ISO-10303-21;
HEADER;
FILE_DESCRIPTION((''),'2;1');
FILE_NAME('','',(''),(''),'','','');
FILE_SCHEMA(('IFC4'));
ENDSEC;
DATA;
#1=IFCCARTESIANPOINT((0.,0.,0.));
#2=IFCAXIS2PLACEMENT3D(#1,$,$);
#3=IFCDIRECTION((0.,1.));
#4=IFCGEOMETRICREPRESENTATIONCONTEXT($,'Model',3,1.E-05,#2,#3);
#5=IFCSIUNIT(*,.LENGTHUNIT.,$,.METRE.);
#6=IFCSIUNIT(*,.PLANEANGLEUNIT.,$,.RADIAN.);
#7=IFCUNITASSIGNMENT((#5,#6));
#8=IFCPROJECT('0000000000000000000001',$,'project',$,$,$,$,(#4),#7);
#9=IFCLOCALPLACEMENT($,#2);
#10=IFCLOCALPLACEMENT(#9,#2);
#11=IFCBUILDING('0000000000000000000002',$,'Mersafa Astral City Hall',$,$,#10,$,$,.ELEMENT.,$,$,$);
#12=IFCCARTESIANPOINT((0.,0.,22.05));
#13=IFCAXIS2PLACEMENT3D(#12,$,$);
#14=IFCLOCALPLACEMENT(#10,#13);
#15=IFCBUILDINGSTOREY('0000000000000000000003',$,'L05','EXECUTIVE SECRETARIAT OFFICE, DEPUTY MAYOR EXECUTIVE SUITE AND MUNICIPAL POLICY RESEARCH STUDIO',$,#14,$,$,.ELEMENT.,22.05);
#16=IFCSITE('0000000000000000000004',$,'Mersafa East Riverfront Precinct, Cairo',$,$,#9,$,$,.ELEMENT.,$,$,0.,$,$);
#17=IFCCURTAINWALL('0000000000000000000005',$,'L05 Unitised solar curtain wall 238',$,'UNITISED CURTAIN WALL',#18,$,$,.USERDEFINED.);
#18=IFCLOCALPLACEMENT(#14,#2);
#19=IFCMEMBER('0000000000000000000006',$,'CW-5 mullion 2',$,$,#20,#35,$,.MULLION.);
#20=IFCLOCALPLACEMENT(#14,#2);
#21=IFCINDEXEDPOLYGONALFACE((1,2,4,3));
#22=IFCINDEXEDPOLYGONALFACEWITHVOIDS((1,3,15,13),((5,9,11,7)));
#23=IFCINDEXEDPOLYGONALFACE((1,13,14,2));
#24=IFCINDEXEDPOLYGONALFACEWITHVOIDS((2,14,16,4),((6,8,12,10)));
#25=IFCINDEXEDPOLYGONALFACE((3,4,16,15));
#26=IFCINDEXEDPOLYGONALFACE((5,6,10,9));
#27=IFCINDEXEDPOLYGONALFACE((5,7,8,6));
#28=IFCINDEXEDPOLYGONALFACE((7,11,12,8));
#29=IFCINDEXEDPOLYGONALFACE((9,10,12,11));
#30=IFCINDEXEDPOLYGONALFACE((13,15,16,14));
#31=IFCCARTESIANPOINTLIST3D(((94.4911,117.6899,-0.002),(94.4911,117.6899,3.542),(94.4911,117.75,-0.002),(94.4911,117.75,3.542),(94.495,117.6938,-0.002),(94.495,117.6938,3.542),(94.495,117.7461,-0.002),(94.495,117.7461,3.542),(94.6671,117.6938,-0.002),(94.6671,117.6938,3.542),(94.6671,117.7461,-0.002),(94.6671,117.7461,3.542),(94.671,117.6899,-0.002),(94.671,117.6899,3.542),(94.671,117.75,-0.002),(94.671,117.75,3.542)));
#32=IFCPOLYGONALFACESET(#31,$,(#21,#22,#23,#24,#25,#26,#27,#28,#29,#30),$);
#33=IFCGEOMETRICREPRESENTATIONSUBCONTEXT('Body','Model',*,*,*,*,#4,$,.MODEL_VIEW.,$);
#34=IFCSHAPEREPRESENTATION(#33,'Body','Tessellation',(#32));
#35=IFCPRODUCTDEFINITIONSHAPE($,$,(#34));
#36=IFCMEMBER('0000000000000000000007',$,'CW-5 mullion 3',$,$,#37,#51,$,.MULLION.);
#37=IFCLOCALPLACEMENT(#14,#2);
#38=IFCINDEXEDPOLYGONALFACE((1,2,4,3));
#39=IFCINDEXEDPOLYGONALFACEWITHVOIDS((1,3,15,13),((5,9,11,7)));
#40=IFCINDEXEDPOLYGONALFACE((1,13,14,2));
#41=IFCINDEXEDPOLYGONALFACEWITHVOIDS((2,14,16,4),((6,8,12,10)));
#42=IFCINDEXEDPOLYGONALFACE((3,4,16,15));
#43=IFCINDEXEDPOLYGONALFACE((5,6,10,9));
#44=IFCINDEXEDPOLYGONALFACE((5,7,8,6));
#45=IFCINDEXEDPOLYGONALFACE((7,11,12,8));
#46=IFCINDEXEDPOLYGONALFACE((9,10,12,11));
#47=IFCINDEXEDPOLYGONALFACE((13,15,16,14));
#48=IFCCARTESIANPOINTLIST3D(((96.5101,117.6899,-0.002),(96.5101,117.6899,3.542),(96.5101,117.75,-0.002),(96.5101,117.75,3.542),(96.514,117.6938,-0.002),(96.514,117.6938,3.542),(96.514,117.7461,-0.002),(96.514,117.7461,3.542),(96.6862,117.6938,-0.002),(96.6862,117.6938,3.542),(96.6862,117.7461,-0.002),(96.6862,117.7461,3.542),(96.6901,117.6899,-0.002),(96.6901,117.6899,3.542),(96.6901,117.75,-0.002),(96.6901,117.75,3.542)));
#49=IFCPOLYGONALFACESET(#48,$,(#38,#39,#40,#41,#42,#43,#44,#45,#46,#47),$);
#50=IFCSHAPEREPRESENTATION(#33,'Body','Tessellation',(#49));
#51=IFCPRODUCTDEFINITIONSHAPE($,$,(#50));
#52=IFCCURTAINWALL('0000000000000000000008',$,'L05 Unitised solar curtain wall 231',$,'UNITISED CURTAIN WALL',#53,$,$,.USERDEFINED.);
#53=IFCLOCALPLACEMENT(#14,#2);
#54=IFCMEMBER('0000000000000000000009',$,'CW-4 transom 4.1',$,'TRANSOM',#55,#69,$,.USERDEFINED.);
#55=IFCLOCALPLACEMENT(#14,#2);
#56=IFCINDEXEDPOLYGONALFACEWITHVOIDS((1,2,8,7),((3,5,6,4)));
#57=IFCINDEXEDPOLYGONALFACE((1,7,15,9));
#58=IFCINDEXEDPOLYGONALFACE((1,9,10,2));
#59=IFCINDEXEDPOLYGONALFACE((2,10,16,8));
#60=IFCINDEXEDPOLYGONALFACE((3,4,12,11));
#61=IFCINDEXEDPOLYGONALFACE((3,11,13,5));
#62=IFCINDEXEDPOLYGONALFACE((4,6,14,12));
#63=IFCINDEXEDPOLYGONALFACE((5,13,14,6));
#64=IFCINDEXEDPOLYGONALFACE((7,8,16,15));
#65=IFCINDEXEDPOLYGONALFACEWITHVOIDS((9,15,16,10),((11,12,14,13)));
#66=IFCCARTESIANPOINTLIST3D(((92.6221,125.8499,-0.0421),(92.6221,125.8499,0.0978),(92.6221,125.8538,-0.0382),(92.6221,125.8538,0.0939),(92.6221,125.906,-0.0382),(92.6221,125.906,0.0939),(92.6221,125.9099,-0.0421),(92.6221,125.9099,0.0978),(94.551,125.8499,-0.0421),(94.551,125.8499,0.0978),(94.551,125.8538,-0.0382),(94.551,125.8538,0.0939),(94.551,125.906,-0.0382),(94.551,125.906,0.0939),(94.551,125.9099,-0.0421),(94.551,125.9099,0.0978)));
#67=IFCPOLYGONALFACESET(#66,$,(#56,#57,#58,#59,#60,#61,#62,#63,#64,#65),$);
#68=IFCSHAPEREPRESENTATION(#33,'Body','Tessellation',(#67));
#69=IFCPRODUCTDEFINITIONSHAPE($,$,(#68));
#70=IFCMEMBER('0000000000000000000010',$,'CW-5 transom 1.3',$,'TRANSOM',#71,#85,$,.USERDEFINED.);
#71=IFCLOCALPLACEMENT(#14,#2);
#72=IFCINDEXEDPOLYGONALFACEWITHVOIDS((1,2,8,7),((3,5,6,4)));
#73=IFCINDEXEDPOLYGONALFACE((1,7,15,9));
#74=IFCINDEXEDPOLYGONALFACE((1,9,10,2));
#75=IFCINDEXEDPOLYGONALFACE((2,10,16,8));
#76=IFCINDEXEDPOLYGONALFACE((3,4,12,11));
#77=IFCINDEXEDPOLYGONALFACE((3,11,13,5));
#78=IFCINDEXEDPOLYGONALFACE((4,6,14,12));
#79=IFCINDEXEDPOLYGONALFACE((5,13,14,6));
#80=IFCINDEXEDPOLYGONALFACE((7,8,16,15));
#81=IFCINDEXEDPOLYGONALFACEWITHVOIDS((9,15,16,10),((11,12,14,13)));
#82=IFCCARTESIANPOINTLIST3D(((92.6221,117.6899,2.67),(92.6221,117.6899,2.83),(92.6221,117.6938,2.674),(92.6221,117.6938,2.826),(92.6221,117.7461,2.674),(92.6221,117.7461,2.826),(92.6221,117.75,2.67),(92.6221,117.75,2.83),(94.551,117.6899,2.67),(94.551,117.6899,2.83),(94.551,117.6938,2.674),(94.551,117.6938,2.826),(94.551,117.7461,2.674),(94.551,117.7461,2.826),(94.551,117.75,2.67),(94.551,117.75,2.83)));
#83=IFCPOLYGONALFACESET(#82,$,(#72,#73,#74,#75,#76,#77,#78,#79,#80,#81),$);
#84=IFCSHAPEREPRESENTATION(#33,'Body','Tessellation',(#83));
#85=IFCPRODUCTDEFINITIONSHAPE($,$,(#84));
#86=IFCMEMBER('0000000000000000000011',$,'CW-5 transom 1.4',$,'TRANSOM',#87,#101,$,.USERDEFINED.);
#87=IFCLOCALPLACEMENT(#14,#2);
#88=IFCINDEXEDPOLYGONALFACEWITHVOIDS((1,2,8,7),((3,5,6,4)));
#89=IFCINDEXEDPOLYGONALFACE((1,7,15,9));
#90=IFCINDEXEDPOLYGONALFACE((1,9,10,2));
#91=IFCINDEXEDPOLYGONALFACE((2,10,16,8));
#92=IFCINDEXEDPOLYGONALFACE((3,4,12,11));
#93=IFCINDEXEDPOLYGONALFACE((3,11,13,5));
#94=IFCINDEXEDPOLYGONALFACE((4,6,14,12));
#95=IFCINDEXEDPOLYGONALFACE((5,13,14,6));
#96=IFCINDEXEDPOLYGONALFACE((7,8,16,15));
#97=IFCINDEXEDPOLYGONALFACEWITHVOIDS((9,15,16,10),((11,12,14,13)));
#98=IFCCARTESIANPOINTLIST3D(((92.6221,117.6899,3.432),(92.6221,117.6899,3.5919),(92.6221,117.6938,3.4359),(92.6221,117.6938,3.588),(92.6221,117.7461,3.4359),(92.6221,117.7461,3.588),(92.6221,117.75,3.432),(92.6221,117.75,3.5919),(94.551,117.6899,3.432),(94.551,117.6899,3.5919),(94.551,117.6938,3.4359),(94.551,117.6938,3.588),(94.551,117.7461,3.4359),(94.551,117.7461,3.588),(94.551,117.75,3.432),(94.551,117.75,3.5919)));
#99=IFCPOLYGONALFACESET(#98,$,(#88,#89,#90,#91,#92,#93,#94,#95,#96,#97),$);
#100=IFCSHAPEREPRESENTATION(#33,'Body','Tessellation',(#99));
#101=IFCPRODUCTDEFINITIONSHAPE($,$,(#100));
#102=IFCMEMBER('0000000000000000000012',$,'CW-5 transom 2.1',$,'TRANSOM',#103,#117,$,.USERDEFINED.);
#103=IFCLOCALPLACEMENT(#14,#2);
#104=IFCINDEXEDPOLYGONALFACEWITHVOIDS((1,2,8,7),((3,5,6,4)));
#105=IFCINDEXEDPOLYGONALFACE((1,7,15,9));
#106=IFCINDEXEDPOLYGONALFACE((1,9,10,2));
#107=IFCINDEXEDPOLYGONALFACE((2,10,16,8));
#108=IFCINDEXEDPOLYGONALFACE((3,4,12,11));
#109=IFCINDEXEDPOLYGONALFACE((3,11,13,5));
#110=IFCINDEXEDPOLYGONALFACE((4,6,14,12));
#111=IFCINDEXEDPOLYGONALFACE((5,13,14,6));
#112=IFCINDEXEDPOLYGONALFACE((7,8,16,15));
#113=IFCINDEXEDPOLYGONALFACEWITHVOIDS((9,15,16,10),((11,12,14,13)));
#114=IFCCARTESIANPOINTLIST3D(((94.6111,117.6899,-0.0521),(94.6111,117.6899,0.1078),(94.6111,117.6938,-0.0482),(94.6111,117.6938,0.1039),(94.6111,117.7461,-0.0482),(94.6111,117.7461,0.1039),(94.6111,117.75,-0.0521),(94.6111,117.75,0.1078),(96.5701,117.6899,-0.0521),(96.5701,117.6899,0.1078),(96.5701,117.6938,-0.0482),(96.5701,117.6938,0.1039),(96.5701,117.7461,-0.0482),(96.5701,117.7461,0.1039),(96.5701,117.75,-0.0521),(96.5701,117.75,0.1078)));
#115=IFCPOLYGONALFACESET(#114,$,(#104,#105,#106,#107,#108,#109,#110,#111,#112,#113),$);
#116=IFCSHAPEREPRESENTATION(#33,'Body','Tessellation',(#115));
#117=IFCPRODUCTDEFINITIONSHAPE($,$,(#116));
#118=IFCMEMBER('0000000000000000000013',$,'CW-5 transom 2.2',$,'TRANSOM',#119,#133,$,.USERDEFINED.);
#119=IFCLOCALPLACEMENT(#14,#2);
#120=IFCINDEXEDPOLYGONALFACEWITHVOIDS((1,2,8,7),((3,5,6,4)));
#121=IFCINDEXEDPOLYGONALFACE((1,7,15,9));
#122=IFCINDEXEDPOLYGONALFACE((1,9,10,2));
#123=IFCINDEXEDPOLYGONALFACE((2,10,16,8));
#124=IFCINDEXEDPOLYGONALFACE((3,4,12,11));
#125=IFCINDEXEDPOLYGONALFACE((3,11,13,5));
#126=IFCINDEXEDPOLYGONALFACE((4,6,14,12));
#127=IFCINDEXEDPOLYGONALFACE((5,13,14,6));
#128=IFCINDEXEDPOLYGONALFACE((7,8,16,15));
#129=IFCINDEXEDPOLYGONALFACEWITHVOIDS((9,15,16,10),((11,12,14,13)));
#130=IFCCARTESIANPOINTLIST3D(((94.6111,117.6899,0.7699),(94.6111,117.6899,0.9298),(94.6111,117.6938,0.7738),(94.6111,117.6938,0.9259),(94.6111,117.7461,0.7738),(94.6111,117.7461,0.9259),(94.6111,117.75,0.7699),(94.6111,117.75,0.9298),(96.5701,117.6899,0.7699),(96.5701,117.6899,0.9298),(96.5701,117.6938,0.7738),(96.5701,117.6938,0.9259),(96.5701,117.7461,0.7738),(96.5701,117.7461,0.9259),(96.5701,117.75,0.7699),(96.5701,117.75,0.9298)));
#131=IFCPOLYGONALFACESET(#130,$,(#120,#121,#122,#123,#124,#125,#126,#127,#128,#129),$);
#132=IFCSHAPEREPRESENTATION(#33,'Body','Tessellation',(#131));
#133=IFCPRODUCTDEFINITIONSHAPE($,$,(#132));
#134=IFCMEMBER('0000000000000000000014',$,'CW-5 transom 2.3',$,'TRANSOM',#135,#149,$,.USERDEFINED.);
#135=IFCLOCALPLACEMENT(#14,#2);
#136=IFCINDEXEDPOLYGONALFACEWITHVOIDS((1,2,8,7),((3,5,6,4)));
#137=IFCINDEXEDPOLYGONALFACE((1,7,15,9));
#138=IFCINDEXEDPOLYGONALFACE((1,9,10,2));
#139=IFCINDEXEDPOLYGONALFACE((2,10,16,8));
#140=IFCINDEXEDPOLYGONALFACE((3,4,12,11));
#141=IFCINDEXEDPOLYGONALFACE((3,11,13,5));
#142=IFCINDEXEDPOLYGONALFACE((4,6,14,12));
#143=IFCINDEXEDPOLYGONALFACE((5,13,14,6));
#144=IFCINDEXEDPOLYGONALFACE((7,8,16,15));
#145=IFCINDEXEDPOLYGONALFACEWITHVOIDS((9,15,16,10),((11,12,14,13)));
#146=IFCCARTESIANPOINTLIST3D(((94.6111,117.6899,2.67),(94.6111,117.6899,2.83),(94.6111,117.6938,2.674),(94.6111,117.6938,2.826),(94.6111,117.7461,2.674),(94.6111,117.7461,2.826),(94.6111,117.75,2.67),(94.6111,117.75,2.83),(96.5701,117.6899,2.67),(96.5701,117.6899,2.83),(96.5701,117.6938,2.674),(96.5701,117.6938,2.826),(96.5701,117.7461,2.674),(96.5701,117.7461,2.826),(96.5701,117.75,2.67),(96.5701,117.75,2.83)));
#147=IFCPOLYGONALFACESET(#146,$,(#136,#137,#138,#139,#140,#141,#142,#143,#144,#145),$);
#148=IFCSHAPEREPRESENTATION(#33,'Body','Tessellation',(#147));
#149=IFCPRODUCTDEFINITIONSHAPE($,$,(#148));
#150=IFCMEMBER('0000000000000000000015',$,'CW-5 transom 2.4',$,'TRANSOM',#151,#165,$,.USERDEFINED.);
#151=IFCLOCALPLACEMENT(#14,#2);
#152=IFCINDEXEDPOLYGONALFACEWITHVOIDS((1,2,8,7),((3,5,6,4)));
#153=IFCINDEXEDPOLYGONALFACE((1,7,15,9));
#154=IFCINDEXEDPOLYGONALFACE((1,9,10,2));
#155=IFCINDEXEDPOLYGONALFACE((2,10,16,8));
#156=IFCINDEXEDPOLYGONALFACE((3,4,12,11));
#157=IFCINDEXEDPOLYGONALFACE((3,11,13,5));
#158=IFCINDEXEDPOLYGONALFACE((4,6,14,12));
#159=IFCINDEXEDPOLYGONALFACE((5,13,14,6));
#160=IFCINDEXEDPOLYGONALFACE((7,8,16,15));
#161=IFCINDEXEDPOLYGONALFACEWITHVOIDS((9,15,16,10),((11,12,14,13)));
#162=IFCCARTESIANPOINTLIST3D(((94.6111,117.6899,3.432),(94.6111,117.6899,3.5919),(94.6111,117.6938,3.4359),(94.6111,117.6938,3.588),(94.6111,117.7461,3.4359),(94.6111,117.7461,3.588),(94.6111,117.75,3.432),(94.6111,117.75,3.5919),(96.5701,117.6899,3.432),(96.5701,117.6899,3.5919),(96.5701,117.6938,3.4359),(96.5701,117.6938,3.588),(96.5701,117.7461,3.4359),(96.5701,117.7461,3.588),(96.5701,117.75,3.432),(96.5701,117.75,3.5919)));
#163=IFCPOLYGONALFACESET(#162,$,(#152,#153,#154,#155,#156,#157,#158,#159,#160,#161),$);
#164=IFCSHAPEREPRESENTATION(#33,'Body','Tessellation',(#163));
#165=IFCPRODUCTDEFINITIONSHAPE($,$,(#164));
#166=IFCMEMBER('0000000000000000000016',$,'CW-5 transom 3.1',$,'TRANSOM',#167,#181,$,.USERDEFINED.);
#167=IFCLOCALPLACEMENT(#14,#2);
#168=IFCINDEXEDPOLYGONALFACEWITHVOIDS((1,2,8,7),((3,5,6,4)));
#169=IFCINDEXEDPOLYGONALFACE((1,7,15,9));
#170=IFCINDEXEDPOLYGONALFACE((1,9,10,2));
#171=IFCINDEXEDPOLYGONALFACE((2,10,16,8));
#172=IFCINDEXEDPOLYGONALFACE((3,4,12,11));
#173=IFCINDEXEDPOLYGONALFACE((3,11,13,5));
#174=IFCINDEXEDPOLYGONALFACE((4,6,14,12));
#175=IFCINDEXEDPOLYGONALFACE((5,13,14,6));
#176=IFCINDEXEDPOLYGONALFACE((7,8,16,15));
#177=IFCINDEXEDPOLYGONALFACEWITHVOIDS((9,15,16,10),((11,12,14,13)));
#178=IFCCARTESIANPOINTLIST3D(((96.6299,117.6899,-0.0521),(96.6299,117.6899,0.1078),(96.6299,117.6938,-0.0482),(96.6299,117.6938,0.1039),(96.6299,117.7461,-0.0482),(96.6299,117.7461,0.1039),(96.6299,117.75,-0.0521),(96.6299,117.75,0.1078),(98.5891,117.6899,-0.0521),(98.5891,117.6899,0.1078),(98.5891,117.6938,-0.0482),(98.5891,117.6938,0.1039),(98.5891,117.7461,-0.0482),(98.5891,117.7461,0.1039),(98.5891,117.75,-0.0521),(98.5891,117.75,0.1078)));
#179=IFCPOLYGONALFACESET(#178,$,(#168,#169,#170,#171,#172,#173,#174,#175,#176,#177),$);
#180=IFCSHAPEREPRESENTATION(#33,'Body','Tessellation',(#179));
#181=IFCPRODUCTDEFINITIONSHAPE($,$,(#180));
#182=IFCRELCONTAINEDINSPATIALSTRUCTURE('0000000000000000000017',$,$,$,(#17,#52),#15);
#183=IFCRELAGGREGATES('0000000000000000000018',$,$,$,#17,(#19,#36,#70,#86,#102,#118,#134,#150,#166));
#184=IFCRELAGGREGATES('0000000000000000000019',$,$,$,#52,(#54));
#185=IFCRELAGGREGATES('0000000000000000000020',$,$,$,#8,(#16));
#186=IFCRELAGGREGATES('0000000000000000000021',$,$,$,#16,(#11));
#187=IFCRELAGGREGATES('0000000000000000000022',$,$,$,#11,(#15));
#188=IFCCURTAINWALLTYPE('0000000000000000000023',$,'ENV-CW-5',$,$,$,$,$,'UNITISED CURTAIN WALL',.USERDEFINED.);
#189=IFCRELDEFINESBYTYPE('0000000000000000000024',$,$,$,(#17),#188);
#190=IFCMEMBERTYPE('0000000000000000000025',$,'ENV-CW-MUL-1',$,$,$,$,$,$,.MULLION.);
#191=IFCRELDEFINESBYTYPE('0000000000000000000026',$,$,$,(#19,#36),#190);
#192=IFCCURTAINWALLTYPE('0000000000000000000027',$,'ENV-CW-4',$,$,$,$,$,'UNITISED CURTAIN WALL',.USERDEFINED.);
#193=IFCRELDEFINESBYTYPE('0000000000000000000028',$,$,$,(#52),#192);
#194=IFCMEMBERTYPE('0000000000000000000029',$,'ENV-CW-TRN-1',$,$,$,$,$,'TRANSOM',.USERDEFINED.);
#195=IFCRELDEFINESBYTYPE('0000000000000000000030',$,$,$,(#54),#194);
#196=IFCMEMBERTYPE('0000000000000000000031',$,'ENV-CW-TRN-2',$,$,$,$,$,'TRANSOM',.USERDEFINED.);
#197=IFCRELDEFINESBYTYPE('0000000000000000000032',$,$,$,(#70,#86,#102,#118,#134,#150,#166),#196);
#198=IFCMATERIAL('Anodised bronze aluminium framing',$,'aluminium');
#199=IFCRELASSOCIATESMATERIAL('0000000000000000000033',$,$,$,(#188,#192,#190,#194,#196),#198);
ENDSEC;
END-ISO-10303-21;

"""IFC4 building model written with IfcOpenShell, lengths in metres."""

from ifc_helpers import new_model, si_unit, direction, frame, origin, origin_2d, place, context, subcontext, project, spatial, hollow_rectangle, extrude, material, material_profile, profile_set, type_object, element, aggregate, save


model = new_model("IFC4")

# Units and contexts
model_context = context("Model", 3, precision=1e-05, world=origin(), true_north=direction((0.0, 1.0)))
body_context = subcontext(model_context, "Body", "Model", "MODEL_VIEW")
ifc_project = project(units=[si_unit("LENGTHUNIT", "METRE"), si_unit("PLANEANGLEUNIT", "RADIAN")], contexts=[model_context])

# Site, building, storey
site_placement = place(None, origin())
site = spatial("IfcSite", under=ifc_project, at=site_placement, Name="Mersafa East Riverfront Precinct, Cairo", CompositionType="ELEMENT", RefElevation=0.0)
building_placement = place(site_placement, origin())
building = spatial("IfcBuilding", under=site, at=building_placement, Name="Mersafa Astral City Hall", CompositionType="ELEMENT")
storey_placement = place(building_placement, frame((0.0, 0.0, 22.05)))
storey = spatial("IfcBuildingStorey", under=building, at=storey_placement, Name="L05", Description="EXECUTIVE SECRETARIAT OFFICE, DEPUTY MAYOR EXECUTIVE SUITE AND MUNICIPAL POLICY RESEARCH STUDIO", CompositionType="ELEMENT", Elevation=22.05)

# Curtain wall, members
ifc_material_1 = material(Name="Anodised bronze aluminium framing", Category="aluminium")
curtain_wall_type_1 = type_object("IfcCurtainWallType", Name="ENV-CW-5", ElementType="UNITISED CURTAIN WALL", PredefinedType="USERDEFINED", material=ifc_material_1)
curtain_wall_1_placement = place(storey_placement, origin())
curtain_wall_1 = element("IfcCurtainWall", 1, at=curtain_wall_1_placement, inside=storey, type_object=curtain_wall_type_1, Name="L05 Unitised solar curtain wall 238", ObjectType="UNITISED CURTAIN WALL", PredefinedType="USERDEFINED")
ifc_material_profile_1 = material_profile(ifc_material_1, hollow_rectangle(XDim=0.0601, YDim=0.1799, WallThickness=0.0039, at=origin_2d()), Name="RHS 60x180x4")
ifc_profile_set_1 = profile_set([ifc_material_profile_1], Name="Anodised bronze aluminium framing")
member_type_1 = type_object("IfcMemberType", Name="ENV-CW-MUL-1", PredefinedType="MULLION", material=ifc_profile_set_1)
member_1_placement = place(storey_placement, frame((94.5811, 117.72, -0.002), z_axis=(0.0, 0.0, 1.0), x_axis=(0.0, 1.0, 0.0)))
member_1 = element("IfcMember", 2, at=member_1_placement, type_object=member_type_1, Name="CW-5 mullion 2", PredefinedType="MULLION", context=body_context, shape_type="SweptSolid", body=[
    extrude(hollow_rectangle(XDim=0.0601, YDim=0.1799, WallThickness=0.0039, at=origin_2d()), origin(), (0.0, 0.0, 1.0), 3.5439),
])
member_2_placement = place(storey_placement, frame((96.6001, 117.72, -0.002), z_axis=(0.0, 0.0, 1.0), x_axis=(0.0, 1.0, 0.0)))
member_2 = element("IfcMember", 3, at=member_2_placement, type_object=member_type_1, Name="CW-5 mullion 3", PredefinedType="MULLION", context=body_context, shape_type="SweptSolid", body=[
    extrude(hollow_rectangle(XDim=0.0601, YDim=0.1799, WallThickness=0.0039, at=origin_2d()), origin(), (0.0, 0.0, 1.0), 3.5439),
])

# Curtain wall, member
curtain_wall_type_2 = type_object("IfcCurtainWallType", Name="ENV-CW-4", ElementType="UNITISED CURTAIN WALL", PredefinedType="USERDEFINED", material=ifc_material_1)
curtain_wall_2_placement = place(storey_placement, origin())
curtain_wall_2 = element("IfcCurtainWall", 4, at=curtain_wall_2_placement, inside=storey, type_object=curtain_wall_type_2, Name="L05 Unitised solar curtain wall 231", ObjectType="UNITISED CURTAIN WALL", PredefinedType="USERDEFINED")
ifc_material_profile_2 = material_profile(ifc_material_1, hollow_rectangle(XDim=0.0601, YDim=0.1399, WallThickness=0.0039, at=origin_2d()), Name="RHS 60x140x4")
ifc_profile_set_2 = profile_set([ifc_material_profile_2], Name="Anodised bronze aluminium framing")
member_type_2 = type_object("IfcMemberType", Name="ENV-CW-TRN-1", ElementType="TRANSOM", PredefinedType="USERDEFINED", material=ifc_profile_set_2)
member_3_placement = place(storey_placement, frame((94.551, 125.8799, 0.0278), z_axis=(-1.0, 0.0, 0.0), x_axis=(0.0, -1.0, 0.0)))
member_3 = element("IfcMember", 5, at=member_3_placement, type_object=member_type_2, Name="CW-4 transom 4.1", ObjectType="TRANSOM", PredefinedType="USERDEFINED", context=body_context, shape_type="SweptSolid", body=[
    extrude(hollow_rectangle(XDim=0.0601, YDim=0.1399, WallThickness=0.0039, at=origin_2d()), origin(), (0.0, 0.0, 1.0), 1.929),
])

# Members
ifc_material_profile_3 = material_profile(ifc_material_1, hollow_rectangle(XDim=0.0601, YDim=0.1599, WallThickness=0.0039, at=origin_2d()), Name="RHS 60x160x4")
ifc_profile_set_3 = profile_set([ifc_material_profile_3], Name="Anodised bronze aluminium framing")
member_type_3 = type_object("IfcMemberType", Name="ENV-CW-TRN-2", ElementType="TRANSOM", PredefinedType="USERDEFINED", material=ifc_profile_set_3)
member_4_placement = place(storey_placement, frame((92.6221, 117.72, 2.75), z_axis=(1.0, 0.0, 0.0), x_axis=(0.0, 1.0, 0.0)))
member_4 = element("IfcMember", 6, at=member_4_placement, type_object=member_type_3, Name="CW-5 transom 1.3", ObjectType="TRANSOM", PredefinedType="USERDEFINED", context=body_context, shape_type="SweptSolid", body=[
    extrude(hollow_rectangle(XDim=0.0601, YDim=0.1599, WallThickness=0.0039, at=origin_2d()), origin(), (0.0, 0.0, 1.0), 1.929),
])
member_5_placement = place(storey_placement, frame((92.6221, 117.72, 3.512), z_axis=(1.0, 0.0, 0.0), x_axis=(0.0, 1.0, 0.0)))
member_5 = element("IfcMember", 7, at=member_5_placement, type_object=member_type_3, Name="CW-5 transom 1.4", ObjectType="TRANSOM", PredefinedType="USERDEFINED", context=body_context, shape_type="SweptSolid", body=[
    extrude(hollow_rectangle(XDim=0.0601, YDim=0.1599, WallThickness=0.0039, at=origin_2d()), origin(), (0.0, 0.0, 1.0), 1.929),
])
member_6_placement = place(storey_placement, frame((94.6111, 117.72, 0.0278), z_axis=(1.0, 0.0, 0.0), x_axis=(0.0, 1.0, 0.0)))
member_6 = element("IfcMember", 8, at=member_6_placement, type_object=member_type_3, Name="CW-5 transom 2.1", ObjectType="TRANSOM", PredefinedType="USERDEFINED", context=body_context, shape_type="SweptSolid", body=[
    extrude(hollow_rectangle(XDim=0.0601, YDim=0.1599, WallThickness=0.0039, at=origin_2d()), origin(), (0.0, 0.0, 1.0), 1.959),
])
member_7_placement = place(storey_placement, frame((94.6111, 117.72, 0.8499), z_axis=(1.0, 0.0, 0.0), x_axis=(0.0, 1.0, 0.0)))
member_7 = element("IfcMember", 9, at=member_7_placement, type_object=member_type_3, Name="CW-5 transom 2.2", ObjectType="TRANSOM", PredefinedType="USERDEFINED", context=body_context, shape_type="SweptSolid", body=[
    extrude(hollow_rectangle(XDim=0.0601, YDim=0.1599, WallThickness=0.0039, at=origin_2d()), origin(), (0.0, 0.0, 1.0), 1.959),
])
member_8_placement = place(storey_placement, frame((94.6111, 117.72, 2.75), z_axis=(1.0, 0.0, 0.0), x_axis=(0.0, 1.0, 0.0)))
member_8 = element("IfcMember", 10, at=member_8_placement, type_object=member_type_3, Name="CW-5 transom 2.3", ObjectType="TRANSOM", PredefinedType="USERDEFINED", context=body_context, shape_type="SweptSolid", body=[
    extrude(hollow_rectangle(XDim=0.0601, YDim=0.1599, WallThickness=0.0039, at=origin_2d()), origin(), (0.0, 0.0, 1.0), 1.959),
])
member_9_placement = place(storey_placement, frame((94.6111, 117.72, 3.512), z_axis=(1.0, 0.0, 0.0), x_axis=(0.0, 1.0, 0.0)))
member_9 = element("IfcMember", 11, at=member_9_placement, type_object=member_type_3, Name="CW-5 transom 2.4", ObjectType="TRANSOM", PredefinedType="USERDEFINED", context=body_context, shape_type="SweptSolid", body=[
    extrude(hollow_rectangle(XDim=0.0601, YDim=0.1599, WallThickness=0.0039, at=origin_2d()), origin(), (0.0, 0.0, 1.0), 1.959),
])
member_10_placement = place(storey_placement, frame((96.6299, 117.72, 0.0278), z_axis=(1.0, 0.0, 0.0), x_axis=(0.0, 1.0, 0.0)))
member_10 = element("IfcMember", 12, at=member_10_placement, type_object=member_type_3, Name="CW-5 transom 3.1", ObjectType="TRANSOM", PredefinedType="USERDEFINED", context=body_context, shape_type="SweptSolid", body=[
    extrude(hollow_rectangle(XDim=0.0601, YDim=0.1599, WallThickness=0.0039, at=origin_2d()), origin(), (0.0, 0.0, 1.0), 1.9592),
])

aggregate(curtain_wall_1, [member_1, member_2, member_4, member_5, member_6, member_7, member_8, member_9, member_10])
aggregate(curtain_wall_2, [member_3])

save(model, "model.ifc")
